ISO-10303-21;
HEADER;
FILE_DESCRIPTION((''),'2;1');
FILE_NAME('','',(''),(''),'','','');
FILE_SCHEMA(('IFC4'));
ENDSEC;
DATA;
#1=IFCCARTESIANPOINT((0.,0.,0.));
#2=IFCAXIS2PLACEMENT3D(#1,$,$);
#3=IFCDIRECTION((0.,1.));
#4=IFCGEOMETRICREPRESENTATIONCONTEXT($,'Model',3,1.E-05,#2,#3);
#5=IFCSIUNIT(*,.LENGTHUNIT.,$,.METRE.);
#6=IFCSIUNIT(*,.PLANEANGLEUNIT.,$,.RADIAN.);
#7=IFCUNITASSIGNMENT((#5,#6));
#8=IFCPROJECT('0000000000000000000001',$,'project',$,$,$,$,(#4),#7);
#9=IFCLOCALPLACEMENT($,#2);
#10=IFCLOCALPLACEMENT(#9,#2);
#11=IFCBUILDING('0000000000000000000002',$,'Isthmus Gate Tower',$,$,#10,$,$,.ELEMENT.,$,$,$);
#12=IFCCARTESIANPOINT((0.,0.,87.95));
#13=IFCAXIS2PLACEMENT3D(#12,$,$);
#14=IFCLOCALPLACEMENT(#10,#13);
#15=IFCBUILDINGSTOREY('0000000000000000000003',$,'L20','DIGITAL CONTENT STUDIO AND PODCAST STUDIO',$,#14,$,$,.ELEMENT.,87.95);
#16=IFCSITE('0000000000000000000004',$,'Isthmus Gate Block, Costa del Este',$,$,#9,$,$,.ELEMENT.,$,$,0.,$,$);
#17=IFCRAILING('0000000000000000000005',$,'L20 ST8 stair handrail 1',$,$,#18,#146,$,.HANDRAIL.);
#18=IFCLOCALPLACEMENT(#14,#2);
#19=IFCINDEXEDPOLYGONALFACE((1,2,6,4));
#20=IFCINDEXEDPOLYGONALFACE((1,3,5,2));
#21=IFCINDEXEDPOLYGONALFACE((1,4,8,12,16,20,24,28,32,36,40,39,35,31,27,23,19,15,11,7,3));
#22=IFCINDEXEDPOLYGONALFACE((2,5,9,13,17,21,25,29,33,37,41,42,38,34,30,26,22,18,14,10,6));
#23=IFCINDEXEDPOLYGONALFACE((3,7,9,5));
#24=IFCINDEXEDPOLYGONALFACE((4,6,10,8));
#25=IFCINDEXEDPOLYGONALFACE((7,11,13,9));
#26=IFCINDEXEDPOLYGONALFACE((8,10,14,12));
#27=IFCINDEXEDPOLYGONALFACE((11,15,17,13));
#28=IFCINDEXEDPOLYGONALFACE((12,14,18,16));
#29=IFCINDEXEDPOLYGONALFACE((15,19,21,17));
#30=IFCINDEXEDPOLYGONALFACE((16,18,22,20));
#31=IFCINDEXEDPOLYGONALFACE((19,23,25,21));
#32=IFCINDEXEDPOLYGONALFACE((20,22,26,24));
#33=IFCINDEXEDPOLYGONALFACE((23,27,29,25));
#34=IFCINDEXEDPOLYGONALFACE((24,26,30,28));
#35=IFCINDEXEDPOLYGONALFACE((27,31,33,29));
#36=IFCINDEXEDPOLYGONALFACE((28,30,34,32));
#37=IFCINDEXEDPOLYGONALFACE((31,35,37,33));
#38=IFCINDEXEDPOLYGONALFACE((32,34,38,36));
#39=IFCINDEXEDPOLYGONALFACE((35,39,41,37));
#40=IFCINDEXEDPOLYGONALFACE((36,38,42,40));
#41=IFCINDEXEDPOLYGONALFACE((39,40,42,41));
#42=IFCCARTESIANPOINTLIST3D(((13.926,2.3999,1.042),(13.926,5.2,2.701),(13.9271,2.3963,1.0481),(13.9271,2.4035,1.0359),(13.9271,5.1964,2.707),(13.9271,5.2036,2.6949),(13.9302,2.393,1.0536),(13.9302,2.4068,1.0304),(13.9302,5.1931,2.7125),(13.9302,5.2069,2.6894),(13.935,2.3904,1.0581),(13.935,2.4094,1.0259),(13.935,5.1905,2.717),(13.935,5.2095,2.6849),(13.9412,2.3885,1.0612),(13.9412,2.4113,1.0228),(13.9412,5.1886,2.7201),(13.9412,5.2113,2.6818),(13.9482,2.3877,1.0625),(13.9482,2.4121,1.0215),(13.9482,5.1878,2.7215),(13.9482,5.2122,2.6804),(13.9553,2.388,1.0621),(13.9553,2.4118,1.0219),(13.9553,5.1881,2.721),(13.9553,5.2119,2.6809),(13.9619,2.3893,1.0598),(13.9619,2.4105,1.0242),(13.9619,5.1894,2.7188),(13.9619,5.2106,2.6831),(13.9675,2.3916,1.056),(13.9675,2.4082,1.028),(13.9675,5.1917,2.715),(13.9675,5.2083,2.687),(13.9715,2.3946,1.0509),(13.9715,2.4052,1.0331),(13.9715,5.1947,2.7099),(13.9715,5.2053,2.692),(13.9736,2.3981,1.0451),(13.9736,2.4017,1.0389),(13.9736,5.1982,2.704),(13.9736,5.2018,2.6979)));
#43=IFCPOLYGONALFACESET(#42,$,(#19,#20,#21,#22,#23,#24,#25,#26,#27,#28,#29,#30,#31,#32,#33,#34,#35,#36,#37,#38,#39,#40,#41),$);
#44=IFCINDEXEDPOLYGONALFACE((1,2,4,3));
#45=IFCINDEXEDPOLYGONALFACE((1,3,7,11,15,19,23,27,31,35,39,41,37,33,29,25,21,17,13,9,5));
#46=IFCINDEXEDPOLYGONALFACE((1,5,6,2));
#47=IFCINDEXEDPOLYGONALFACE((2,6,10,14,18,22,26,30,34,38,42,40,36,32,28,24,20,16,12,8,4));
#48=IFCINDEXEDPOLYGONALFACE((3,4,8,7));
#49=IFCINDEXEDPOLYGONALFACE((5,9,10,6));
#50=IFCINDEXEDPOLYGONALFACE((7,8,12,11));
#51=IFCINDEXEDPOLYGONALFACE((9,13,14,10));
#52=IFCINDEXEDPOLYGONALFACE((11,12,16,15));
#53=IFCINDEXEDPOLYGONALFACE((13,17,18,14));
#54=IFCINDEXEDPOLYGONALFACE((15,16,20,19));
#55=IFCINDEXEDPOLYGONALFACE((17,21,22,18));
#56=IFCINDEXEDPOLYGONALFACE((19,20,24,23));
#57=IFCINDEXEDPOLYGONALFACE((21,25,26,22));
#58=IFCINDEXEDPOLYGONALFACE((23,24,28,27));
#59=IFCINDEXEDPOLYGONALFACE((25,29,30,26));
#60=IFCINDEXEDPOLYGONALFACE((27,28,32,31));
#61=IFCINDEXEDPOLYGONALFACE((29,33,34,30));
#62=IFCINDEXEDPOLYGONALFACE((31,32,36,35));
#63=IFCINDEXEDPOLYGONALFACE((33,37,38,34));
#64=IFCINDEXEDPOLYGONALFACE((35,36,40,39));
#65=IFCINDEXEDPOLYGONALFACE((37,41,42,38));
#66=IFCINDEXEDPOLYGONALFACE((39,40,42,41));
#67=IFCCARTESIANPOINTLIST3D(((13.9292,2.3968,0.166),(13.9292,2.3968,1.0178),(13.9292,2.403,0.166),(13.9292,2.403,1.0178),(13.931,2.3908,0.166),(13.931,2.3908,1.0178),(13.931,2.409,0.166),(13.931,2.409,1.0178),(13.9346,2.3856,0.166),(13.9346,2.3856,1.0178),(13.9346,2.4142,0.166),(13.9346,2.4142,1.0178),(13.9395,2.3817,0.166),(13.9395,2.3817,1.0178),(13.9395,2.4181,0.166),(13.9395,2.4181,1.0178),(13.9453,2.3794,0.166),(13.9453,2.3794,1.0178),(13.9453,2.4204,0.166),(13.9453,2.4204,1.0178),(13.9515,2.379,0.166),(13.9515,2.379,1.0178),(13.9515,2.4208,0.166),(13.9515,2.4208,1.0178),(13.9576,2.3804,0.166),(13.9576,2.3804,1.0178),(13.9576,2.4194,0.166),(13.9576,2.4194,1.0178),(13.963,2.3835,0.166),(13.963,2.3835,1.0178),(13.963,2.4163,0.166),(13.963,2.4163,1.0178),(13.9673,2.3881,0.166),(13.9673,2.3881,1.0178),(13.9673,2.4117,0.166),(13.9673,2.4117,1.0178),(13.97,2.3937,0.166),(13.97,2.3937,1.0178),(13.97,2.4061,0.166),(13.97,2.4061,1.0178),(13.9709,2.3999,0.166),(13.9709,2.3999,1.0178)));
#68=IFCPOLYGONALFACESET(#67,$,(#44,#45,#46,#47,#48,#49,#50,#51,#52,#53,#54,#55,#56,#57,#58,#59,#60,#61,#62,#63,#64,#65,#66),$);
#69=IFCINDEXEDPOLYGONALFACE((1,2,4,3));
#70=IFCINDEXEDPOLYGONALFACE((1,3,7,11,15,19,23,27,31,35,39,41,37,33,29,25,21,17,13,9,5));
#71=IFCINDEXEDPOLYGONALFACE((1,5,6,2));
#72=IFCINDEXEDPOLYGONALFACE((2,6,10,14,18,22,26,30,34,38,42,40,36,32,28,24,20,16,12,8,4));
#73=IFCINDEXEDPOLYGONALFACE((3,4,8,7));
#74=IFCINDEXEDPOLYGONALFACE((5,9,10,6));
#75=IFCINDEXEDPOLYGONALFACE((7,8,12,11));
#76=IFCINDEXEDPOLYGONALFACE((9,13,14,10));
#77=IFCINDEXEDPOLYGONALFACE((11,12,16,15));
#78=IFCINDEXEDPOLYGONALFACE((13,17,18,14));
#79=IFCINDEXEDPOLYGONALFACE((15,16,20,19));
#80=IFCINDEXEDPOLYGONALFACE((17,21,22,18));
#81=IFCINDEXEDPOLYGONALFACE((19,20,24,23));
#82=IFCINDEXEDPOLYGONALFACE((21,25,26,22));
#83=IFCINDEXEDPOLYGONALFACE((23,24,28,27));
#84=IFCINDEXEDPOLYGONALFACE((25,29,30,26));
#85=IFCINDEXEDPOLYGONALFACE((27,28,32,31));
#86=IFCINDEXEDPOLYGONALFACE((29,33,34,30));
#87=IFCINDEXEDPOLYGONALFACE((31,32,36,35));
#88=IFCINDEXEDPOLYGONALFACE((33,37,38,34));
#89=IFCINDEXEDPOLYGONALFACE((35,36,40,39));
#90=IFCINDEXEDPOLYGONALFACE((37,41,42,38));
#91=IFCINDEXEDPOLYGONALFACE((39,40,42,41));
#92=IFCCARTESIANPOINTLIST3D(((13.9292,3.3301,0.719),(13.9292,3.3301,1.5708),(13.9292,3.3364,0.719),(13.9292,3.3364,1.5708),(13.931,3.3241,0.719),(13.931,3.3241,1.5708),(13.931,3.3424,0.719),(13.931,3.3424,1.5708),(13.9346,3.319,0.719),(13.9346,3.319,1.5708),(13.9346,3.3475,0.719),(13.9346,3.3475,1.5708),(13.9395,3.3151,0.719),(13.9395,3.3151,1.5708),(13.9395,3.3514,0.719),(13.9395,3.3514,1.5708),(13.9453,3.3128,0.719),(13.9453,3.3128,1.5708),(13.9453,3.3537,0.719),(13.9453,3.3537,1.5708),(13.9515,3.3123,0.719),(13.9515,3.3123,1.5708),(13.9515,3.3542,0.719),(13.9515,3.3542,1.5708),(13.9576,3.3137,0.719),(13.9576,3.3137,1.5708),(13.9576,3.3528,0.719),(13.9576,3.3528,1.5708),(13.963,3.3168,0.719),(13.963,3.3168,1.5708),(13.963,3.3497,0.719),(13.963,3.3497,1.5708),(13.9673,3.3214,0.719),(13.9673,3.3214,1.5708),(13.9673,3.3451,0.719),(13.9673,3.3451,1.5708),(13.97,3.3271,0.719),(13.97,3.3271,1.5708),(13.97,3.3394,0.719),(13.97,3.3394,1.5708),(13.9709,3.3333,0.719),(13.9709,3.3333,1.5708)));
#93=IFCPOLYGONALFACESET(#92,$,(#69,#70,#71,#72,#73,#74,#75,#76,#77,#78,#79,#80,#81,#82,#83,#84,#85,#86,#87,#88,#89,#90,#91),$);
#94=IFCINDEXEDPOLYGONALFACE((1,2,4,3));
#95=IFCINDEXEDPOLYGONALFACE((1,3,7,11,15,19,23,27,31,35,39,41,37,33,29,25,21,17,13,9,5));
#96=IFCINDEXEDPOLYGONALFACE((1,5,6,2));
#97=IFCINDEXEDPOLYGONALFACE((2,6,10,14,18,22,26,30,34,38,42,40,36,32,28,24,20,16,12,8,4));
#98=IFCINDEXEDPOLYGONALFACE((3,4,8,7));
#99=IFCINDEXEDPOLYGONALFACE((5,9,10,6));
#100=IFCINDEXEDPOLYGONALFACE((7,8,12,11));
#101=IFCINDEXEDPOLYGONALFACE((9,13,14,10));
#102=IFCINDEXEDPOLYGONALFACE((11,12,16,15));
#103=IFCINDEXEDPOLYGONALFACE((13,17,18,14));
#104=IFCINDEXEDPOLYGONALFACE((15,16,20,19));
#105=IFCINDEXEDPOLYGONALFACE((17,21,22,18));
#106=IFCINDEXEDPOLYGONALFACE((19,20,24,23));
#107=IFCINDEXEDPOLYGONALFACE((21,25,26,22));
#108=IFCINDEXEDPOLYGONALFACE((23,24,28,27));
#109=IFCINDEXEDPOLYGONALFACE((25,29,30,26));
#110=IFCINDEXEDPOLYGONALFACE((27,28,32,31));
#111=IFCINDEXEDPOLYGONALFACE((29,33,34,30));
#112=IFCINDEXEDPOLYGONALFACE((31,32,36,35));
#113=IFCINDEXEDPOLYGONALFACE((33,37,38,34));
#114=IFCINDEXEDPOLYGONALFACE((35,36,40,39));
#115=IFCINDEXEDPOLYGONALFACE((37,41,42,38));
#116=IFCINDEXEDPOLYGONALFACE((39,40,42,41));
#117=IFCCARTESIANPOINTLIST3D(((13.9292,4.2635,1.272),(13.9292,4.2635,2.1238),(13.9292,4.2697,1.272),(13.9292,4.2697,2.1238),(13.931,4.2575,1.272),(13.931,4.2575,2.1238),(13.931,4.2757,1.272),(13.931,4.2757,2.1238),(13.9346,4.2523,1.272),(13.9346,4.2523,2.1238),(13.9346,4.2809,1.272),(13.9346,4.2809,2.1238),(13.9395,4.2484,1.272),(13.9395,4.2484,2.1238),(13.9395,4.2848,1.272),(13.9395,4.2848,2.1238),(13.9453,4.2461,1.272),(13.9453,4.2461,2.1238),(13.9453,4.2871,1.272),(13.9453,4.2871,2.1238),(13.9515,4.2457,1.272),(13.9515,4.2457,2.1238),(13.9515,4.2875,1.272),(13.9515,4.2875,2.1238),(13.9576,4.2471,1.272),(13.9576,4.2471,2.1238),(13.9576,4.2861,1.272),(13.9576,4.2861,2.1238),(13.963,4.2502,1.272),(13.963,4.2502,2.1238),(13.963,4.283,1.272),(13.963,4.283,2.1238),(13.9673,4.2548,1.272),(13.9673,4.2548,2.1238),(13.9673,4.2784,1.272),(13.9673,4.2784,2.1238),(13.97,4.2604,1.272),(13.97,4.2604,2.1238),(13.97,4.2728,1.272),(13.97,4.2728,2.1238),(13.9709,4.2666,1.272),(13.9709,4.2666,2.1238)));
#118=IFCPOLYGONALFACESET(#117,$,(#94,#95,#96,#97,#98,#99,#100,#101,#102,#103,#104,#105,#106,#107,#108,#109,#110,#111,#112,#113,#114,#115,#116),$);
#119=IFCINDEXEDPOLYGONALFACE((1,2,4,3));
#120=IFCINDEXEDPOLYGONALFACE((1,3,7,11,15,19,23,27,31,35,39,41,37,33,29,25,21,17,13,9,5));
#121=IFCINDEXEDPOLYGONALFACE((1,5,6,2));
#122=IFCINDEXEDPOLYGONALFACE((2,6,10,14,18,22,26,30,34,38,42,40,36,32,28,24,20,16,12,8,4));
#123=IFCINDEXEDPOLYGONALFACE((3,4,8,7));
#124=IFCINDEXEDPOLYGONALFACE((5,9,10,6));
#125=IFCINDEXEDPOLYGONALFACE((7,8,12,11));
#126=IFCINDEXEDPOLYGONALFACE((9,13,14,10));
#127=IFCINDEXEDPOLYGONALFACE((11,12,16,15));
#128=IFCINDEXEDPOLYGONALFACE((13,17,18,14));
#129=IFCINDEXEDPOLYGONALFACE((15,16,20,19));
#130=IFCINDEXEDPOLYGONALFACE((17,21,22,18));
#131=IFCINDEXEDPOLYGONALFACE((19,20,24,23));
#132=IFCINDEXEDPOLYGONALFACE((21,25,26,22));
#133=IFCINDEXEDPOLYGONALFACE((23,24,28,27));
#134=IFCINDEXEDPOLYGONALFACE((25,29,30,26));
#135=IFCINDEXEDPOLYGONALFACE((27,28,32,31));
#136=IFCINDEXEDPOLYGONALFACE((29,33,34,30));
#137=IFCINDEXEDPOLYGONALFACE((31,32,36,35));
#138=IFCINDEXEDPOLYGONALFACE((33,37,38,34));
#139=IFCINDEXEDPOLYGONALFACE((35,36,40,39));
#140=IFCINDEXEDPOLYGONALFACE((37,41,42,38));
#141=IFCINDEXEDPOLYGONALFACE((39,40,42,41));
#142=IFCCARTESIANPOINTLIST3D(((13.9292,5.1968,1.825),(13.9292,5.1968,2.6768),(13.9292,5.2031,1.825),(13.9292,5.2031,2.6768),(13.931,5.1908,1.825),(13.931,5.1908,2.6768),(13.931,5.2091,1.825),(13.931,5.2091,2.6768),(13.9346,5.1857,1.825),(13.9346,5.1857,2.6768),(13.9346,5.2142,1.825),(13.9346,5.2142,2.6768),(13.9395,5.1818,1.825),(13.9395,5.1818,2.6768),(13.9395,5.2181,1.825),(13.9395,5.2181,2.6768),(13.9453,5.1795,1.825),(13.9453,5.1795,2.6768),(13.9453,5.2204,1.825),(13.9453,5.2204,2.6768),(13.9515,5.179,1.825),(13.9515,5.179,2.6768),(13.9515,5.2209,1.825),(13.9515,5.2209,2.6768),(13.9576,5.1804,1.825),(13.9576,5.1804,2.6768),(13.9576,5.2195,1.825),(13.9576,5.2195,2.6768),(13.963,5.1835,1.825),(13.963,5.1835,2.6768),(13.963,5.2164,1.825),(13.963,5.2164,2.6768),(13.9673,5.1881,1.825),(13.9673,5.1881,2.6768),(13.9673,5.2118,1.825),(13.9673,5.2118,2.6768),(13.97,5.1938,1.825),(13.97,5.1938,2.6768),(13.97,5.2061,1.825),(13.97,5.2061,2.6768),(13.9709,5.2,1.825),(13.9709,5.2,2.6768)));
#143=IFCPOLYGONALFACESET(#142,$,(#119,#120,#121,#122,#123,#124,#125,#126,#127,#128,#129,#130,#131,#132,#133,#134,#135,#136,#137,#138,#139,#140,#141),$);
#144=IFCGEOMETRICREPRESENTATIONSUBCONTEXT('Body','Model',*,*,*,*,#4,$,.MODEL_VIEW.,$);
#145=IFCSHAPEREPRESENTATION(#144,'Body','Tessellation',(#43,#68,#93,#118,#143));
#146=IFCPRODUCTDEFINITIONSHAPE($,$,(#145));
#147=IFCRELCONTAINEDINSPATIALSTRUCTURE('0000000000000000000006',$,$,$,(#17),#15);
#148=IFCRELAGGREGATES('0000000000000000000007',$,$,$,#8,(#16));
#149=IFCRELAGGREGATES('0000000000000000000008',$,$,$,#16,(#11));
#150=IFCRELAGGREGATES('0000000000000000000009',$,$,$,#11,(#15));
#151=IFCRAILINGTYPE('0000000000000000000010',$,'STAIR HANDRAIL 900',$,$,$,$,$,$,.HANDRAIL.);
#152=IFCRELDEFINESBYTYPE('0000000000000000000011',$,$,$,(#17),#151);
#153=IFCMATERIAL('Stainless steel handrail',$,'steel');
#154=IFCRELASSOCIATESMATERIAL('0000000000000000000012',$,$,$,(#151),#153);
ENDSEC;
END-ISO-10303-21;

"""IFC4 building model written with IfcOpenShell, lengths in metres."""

from ifc_helpers import new_model, si_unit, direction, frame, origin, origin_2d, place, context, subcontext, project, spatial, circle, extrude, material, type_object, element, save


model = new_model("IFC4")

# Units and contexts
model_context = context("Model", 3, precision=1e-05, world=origin(), true_north=direction((0.0, 1.0)))
body_context = subcontext(model_context, "Body", "Model", "MODEL_VIEW")
ifc_project = project(units=[si_unit("LENGTHUNIT", "METRE"), si_unit("PLANEANGLEUNIT", "RADIAN")], contexts=[model_context])

# Site, building, storey
site_placement = place(None, origin())
site = spatial("IfcSite", under=ifc_project, at=site_placement, Name="Isthmus Gate Block, Costa del Este", CompositionType="ELEMENT", RefElevation=0.0)
building_placement = place(site_placement, origin())
building = spatial("IfcBuilding", under=site, at=building_placement, Name="Isthmus Gate Tower", CompositionType="ELEMENT")
storey_placement = place(building_placement, frame((0.0, 0.0, 87.95)))
storey = spatial("IfcBuildingStorey", under=building, at=storey_placement, Name="L20", Description="DIGITAL CONTENT STUDIO AND PODCAST STUDIO", CompositionType="ELEMENT", Elevation=87.95)

# Railing
ifc_material_1 = material(Name="Stainless steel handrail", Category="steel")
railing_type = type_object("IfcRailingType", Name="STAIR HANDRAIL 900", PredefinedType="HANDRAIL", material=ifc_material_1)
railing_placement = place(storey_placement, frame((13.95, 2.3999, 0.166)))
element("IfcRailing", 1, at=railing_placement, inside=storey, type_object=railing_type, Name="L20 ST8 stair handrail 1", PredefinedType="HANDRAIL", context=body_context, shape_type="SweptSolid", body=[
    extrude(circle(Radius=0.0239, at=origin_2d()), frame((0.0, 0.0, 0.876), z_axis=(0.0, 0.860339, 0.509722), x_axis=(-1.0, 0.0, 0.0)), (0.0, 0.0, 1.0), 3.2546),
    extrude(circle(Radius=0.021, at=origin_2d()), origin(), (0.0, 0.0, 1.0), 0.8518),
    extrude(circle(Radius=0.021, at=origin_2d()), frame((0.0, 0.9333, 0.553)), (0.0, 0.0, 1.0), 0.8518),
    extrude(circle(Radius=0.021, at=origin_2d()), frame((0.0, 1.8667, 1.106)), (0.0, 0.0, 1.0), 0.8518),
    extrude(circle(Radius=0.021, at=origin_2d()), frame((0.0, 2.8, 1.6589)), (0.0, 0.0, 1.0), 0.8518),
])

save(model, "model.ifc")
